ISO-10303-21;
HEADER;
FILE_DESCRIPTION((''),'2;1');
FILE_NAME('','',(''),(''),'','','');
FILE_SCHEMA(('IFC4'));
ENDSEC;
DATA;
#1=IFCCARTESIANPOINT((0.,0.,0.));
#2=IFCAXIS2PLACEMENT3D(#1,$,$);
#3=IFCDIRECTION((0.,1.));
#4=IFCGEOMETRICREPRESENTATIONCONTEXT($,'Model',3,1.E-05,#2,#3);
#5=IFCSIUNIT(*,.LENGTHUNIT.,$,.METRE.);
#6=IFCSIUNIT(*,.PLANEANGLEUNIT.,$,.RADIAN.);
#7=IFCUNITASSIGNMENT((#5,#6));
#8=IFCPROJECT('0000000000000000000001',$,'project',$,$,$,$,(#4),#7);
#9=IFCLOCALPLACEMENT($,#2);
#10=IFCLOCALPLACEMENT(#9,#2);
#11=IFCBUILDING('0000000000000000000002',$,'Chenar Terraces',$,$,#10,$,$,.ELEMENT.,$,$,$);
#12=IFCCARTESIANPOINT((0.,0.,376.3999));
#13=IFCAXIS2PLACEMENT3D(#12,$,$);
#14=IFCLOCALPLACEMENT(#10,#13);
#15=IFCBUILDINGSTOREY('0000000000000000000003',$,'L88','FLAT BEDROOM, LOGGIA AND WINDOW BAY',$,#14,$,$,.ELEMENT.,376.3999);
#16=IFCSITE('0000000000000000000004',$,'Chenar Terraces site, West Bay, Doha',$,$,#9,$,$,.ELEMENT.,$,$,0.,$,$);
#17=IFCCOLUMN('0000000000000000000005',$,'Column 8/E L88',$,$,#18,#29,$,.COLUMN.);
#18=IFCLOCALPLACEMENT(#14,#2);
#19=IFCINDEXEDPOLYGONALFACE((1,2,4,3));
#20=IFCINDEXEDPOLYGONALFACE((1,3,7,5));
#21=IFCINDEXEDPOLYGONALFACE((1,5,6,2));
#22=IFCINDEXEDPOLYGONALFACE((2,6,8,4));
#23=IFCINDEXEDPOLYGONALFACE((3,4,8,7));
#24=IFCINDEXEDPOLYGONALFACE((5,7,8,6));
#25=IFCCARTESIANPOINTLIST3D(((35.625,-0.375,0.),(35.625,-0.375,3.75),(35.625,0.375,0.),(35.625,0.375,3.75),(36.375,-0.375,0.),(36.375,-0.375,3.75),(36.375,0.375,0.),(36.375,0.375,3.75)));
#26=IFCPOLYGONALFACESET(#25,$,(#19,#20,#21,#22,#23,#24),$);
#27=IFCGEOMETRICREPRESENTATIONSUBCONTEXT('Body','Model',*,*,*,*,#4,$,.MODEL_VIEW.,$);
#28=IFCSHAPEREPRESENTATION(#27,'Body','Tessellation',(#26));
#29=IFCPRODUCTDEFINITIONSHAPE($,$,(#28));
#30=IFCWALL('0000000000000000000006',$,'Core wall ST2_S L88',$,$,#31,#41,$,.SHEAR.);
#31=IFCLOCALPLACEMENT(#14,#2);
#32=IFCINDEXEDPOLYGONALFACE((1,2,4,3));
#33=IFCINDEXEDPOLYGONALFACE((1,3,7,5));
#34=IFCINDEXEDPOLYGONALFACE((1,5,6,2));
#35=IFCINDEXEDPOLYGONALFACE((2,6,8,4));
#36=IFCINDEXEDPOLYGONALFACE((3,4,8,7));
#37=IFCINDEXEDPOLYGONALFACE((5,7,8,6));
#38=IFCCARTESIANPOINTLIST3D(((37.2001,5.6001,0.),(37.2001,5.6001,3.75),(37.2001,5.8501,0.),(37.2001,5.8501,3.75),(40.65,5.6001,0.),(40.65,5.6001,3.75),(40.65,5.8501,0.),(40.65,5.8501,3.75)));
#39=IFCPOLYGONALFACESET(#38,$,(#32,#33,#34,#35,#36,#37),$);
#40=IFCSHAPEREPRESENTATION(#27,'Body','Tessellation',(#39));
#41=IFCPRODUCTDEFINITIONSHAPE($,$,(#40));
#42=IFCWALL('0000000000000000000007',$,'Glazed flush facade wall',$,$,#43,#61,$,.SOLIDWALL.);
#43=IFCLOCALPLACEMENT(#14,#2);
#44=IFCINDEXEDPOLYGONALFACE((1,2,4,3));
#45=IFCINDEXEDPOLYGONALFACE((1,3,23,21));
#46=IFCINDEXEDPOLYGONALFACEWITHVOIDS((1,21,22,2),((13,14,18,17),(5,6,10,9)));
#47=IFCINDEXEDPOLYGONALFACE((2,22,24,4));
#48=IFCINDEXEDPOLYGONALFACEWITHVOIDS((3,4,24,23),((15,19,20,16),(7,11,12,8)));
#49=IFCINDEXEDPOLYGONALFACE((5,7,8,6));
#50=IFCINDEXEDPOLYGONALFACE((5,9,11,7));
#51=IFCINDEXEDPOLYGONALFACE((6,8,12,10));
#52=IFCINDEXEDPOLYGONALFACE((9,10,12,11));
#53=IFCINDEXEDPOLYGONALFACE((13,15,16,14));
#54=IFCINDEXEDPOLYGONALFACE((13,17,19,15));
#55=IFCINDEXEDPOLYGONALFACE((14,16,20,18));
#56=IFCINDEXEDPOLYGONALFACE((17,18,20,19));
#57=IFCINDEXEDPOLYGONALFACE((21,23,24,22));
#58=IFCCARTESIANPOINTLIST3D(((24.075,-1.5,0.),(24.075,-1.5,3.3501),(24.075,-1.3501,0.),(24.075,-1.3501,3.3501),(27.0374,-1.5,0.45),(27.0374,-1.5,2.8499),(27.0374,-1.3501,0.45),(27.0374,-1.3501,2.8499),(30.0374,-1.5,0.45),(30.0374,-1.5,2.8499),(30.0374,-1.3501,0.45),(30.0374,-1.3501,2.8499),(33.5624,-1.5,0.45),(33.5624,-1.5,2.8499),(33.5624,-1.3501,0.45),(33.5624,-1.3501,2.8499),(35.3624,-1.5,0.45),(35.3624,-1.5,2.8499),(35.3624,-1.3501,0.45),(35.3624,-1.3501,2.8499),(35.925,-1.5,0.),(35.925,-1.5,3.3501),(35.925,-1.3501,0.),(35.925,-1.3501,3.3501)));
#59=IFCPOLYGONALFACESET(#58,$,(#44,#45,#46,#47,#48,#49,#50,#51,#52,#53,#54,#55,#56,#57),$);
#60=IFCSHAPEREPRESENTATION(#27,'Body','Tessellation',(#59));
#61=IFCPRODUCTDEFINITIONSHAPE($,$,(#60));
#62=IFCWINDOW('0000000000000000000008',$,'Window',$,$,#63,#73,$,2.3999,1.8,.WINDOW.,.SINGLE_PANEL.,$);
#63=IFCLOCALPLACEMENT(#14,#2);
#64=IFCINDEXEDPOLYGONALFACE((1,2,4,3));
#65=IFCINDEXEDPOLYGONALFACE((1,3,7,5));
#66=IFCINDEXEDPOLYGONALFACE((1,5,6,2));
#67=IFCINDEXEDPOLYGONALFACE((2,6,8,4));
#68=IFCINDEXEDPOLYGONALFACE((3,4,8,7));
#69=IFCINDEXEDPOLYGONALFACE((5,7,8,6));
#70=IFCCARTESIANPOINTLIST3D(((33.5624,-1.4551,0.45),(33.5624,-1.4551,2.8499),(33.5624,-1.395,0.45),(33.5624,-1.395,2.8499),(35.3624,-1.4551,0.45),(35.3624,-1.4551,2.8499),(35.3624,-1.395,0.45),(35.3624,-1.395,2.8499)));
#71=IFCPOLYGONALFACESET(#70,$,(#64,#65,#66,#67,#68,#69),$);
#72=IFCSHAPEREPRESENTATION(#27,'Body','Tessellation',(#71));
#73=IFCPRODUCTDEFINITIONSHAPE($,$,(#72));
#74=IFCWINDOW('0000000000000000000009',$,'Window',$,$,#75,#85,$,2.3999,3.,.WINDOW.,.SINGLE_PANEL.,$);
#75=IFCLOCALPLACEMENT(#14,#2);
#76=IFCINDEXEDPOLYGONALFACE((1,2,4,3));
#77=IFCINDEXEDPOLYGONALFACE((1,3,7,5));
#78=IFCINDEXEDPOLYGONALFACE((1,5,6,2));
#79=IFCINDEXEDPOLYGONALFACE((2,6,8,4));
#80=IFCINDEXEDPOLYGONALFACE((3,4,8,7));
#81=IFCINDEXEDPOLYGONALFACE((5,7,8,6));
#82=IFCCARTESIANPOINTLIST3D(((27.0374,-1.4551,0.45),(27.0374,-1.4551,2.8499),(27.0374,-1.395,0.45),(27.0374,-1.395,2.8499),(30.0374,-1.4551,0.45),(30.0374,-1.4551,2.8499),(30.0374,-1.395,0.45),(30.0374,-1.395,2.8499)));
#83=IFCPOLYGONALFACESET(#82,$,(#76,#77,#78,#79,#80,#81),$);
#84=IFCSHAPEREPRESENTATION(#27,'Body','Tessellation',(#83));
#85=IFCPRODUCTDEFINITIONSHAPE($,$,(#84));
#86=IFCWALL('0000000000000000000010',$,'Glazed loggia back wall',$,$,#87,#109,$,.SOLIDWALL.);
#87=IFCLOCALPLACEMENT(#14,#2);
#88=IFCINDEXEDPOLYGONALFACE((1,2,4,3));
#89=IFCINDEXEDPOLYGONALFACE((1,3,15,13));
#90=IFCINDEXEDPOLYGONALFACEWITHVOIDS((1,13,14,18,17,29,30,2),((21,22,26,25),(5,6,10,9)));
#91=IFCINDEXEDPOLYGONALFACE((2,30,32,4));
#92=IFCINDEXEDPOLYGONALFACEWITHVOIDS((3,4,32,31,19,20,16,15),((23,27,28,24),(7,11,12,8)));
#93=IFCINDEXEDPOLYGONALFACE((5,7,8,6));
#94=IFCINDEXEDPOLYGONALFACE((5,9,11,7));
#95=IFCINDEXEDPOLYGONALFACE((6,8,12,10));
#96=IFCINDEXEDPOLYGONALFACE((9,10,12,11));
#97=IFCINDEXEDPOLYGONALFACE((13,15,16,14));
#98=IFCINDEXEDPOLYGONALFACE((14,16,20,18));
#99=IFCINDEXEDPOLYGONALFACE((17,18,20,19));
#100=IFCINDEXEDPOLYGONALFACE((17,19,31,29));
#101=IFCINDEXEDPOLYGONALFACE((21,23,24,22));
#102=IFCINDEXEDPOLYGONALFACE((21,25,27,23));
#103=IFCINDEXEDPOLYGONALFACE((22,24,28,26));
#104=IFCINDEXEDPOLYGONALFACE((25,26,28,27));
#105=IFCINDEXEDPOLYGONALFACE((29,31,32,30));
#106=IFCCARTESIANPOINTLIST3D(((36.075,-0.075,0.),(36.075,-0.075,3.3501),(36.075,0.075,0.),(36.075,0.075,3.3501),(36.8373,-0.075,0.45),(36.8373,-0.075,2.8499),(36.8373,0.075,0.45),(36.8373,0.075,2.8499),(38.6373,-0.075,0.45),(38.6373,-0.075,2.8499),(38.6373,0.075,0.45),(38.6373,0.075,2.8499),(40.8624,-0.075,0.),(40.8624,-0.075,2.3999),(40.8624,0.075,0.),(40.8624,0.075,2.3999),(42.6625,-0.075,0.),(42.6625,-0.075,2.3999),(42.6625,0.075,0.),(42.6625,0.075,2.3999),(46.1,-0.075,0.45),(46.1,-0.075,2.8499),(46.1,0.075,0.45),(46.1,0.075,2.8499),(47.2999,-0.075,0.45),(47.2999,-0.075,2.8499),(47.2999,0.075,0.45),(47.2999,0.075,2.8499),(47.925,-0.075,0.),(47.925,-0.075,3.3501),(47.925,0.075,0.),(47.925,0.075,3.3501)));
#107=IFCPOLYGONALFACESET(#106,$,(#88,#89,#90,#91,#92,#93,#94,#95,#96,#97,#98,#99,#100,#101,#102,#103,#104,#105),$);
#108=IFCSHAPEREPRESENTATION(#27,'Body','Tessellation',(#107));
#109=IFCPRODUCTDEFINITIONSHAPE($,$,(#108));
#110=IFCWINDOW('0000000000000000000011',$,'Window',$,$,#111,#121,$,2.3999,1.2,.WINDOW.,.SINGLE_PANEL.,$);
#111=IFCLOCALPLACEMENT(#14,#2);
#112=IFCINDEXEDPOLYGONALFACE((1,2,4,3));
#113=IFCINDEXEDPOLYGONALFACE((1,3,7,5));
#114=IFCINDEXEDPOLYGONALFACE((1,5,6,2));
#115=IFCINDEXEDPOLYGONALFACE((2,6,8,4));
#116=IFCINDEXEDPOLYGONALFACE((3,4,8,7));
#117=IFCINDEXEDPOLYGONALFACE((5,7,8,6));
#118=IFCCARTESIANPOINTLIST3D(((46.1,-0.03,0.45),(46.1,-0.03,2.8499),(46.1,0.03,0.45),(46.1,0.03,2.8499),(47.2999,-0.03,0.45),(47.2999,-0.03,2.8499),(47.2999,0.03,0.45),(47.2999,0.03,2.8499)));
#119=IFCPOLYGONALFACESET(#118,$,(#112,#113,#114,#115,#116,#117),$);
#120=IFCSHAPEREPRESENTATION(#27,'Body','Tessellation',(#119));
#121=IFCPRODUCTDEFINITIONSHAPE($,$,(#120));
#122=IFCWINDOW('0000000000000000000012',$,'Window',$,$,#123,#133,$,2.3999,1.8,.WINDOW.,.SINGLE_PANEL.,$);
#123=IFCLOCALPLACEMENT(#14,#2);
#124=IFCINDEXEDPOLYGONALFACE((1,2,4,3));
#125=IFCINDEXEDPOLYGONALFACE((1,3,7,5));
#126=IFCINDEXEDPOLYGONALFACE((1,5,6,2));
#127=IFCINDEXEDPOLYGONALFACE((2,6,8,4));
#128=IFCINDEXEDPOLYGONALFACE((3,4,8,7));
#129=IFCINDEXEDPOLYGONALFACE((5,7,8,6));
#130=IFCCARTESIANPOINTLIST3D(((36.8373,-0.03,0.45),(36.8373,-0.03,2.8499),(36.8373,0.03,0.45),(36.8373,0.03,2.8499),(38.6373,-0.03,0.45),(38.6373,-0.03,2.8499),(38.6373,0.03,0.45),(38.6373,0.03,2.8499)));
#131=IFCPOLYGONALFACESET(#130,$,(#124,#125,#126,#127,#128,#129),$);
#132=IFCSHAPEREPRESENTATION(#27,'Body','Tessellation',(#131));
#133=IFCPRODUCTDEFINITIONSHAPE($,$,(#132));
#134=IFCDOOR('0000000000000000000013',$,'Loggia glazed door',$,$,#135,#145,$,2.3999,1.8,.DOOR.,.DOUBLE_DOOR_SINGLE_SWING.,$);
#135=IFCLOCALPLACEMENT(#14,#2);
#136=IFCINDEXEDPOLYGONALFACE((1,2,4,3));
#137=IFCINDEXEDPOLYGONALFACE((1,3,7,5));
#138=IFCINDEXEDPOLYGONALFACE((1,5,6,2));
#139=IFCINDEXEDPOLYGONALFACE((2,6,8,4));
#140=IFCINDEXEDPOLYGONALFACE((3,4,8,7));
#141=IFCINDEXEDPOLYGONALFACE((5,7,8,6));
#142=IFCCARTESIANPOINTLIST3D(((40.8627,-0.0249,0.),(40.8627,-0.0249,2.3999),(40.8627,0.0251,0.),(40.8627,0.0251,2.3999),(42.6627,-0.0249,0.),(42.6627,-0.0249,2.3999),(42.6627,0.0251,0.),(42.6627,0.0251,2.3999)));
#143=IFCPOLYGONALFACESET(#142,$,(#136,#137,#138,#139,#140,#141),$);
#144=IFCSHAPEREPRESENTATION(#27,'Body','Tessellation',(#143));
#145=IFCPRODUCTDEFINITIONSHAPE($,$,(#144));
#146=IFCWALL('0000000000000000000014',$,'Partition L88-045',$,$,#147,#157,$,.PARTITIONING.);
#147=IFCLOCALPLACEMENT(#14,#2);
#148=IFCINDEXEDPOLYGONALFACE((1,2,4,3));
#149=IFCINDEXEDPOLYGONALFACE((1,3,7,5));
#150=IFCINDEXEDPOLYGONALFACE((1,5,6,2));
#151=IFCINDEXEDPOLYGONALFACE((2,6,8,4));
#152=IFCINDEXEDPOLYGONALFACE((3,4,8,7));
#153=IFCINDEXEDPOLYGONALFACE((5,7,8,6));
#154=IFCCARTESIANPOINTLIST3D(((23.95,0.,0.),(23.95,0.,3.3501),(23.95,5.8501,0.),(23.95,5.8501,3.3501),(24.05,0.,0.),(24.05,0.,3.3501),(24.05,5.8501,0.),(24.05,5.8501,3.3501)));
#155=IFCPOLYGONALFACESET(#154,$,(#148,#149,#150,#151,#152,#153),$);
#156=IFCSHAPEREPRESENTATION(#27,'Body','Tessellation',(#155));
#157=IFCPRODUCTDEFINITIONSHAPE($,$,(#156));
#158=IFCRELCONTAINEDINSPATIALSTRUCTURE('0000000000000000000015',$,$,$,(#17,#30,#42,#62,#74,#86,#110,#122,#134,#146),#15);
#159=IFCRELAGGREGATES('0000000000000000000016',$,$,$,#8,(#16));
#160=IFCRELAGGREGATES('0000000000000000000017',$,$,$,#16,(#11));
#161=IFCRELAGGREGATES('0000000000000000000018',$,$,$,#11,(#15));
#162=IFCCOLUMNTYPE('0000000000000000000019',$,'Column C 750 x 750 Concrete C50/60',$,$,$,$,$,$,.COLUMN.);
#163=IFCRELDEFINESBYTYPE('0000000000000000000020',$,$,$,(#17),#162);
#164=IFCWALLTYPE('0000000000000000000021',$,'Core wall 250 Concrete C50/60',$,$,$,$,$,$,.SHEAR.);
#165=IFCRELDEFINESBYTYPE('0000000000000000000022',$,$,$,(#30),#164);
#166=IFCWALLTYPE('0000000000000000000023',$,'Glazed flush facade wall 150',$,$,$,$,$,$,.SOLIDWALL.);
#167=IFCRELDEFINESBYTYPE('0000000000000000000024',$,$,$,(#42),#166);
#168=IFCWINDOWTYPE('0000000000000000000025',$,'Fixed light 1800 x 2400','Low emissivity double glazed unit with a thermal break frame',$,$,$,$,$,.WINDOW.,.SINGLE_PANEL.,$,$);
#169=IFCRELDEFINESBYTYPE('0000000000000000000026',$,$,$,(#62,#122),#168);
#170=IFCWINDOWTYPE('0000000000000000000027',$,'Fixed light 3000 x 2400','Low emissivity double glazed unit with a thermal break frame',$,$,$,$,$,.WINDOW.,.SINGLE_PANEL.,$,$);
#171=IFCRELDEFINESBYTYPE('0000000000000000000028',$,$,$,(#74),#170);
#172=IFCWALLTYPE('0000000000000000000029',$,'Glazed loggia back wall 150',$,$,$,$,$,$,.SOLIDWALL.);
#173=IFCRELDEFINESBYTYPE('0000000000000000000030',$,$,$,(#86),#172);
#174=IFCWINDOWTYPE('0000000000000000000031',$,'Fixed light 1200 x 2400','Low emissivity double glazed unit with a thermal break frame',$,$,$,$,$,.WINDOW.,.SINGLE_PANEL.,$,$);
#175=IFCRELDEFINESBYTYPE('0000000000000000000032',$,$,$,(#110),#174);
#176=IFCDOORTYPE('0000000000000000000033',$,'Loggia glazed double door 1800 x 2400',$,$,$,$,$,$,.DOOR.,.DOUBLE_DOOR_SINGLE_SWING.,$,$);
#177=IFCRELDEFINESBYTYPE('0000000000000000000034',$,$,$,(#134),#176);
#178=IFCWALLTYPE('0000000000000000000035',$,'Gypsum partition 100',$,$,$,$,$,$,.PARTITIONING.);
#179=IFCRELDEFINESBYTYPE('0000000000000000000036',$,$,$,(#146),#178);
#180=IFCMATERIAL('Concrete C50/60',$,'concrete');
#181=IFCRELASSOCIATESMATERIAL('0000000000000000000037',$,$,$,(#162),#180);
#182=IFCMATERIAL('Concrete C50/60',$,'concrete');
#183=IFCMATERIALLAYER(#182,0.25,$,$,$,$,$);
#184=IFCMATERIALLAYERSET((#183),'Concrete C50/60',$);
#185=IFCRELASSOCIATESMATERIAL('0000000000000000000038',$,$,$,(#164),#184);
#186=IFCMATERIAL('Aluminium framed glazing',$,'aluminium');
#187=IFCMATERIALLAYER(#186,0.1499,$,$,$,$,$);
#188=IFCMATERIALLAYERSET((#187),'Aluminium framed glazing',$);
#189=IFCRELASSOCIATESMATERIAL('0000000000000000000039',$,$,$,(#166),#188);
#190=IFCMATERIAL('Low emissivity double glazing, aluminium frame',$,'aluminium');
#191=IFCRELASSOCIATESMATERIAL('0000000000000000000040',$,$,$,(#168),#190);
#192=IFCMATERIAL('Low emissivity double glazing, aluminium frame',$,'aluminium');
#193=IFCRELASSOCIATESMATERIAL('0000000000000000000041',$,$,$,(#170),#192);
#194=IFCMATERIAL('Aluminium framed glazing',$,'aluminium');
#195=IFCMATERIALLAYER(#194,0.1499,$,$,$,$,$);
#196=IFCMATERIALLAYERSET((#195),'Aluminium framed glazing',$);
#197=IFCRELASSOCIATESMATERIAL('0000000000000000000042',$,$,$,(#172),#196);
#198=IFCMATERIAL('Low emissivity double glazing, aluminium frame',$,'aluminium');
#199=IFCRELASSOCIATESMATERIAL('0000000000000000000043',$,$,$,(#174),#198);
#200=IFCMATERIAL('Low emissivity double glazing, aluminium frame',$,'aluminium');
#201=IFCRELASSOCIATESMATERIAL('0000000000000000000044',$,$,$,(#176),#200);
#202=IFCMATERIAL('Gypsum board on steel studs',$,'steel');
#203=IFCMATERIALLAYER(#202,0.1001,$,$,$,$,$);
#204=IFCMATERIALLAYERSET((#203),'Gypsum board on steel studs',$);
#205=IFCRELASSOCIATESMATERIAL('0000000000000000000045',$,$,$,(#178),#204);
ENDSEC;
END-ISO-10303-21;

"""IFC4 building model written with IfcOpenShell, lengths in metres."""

from ifc_helpers import new_model, si_unit, direction, frame, frame_2d, origin, origin_2d, place, context, subcontext, project, spatial, rectangle, extrude, material, layer, layer_set, material_profile, profile_set, type_object, element, fill, save


model = new_model("IFC4")

# Units and contexts
model_context = context("Model", 3, precision=1e-05, world=origin(), true_north=direction((0.0, 1.0)))
body_context = subcontext(model_context, "Body", "Model", "MODEL_VIEW")
ifc_project = project(units=[si_unit("LENGTHUNIT", "METRE"), si_unit("PLANEANGLEUNIT", "RADIAN")], contexts=[model_context])

# Site, building, storey
site_placement = place(None, origin())
site = spatial("IfcSite", under=ifc_project, at=site_placement, Name="Chenar Terraces site, West Bay, Doha", CompositionType="ELEMENT", RefElevation=0.0)
building_placement = place(site_placement, origin())
building = spatial("IfcBuilding", under=site, at=building_placement, Name="Chenar Terraces", CompositionType="ELEMENT")
storey_placement = place(building_placement, frame((0.0, 0.0, 376.3999)))
storey = spatial("IfcBuildingStorey", under=building, at=storey_placement, Name="L88", Description="FLAT BEDROOM, LOGGIA AND WINDOW BAY", CompositionType="ELEMENT", Elevation=376.3999)

# Column
ifc_material_1 = material(Name="Concrete C50/60", Category="concrete")
ifc_material_profile_1 = material_profile(ifc_material_1, rectangle(XDim=0.75, YDim=0.75, at=origin_2d()), Name="C 750 x 750")
ifc_profile_set_1 = profile_set([ifc_material_profile_1], Name="Concrete C50/60")
column_type = type_object("IfcColumnType", Name="Column C 750 x 750 Concrete C50/60", PredefinedType="COLUMN", material=ifc_profile_set_1)
column_placement = place(storey_placement, frame((36.0, 0.0, 0.0), z_axis=(0.0, 0.0, 1.0), x_axis=(1.0, 0.0, 0.0)))
element("IfcColumn", 1, at=column_placement, inside=storey, type_object=column_type, Name="Column 8/E L88", PredefinedType="COLUMN", context=body_context, shape_type="SweptSolid", body=[
    extrude(rectangle(XDim=0.75, YDim=0.75, at=origin_2d()), origin(), (0.0, 0.0, 1.0), 3.75),
])

# Wall
ifc_material_2 = material(Name="Concrete C50/60", Category="concrete")
ifc_layer_1 = layer(ifc_material_2, 0.25)
ifc_layer_set_1 = layer_set([ifc_layer_1], Name="Concrete C50/60")
wall_type_1 = type_object("IfcWallType", Name="Core wall 250 Concrete C50/60", PredefinedType="SHEAR", material=ifc_layer_set_1)
wall_1_placement = place(storey_placement, frame((37.2, 5.7251, 0.0), z_axis=(0.0, 0.0, 1.0), x_axis=(1.0, 0.0, 0.0)))
element("IfcWall", 2, at=wall_1_placement, inside=storey, type_object=wall_type_1, Name="Core wall ST2_S L88", PredefinedType="SHEAR", context=body_context, shape_type="SweptSolid", body=[
    extrude(rectangle(XDim=3.45, YDim=0.25, at=frame_2d((1.7251, 0.0))), origin(), (0.0, 0.0, 1.0), 3.75),
])

# Wall, openings, windows
ifc_material_3 = material(Name="Aluminium framed glazing", Category="aluminium")
ifc_layer_2 = layer(ifc_material_3, 0.1499)
ifc_layer_set_2 = layer_set([ifc_layer_2], Name="Aluminium framed glazing")
wall_type_2 = type_object("IfcWallType", Name="Glazed flush facade wall 150", PredefinedType="SOLIDWALL", material=ifc_layer_set_2)
wall_2_placement = place(storey_placement, frame((24.075, -1.425, 0.0), z_axis=(0.0, 0.0, 1.0), x_axis=(1.0, 0.0, 0.0)))
wall_2 = element("IfcWall", 3, at=wall_2_placement, inside=storey, type_object=wall_type_2, Name="Glazed flush facade wall", PredefinedType="SOLIDWALL", context=body_context, shape_type="SweptSolid", body=[
    extrude(rectangle(XDim=11.8501, YDim=0.1499, at=frame_2d((5.925, 0.0))), origin(), (0.0, 0.0, 1.0), 3.3501),
])
opening_1_placement = place(wall_2_placement, frame((2.9624, 0.0, 0.45)))
opening_1 = element("IfcOpeningElement", 4, at=opening_1_placement, cuts=wall_2, PredefinedType="OPENING", context=body_context, shape_type="SweptSolid", body=[
    extrude(rectangle(XDim=3.0, YDim=2.3999, at=frame_2d((1.5, 1.2))), frame((0.0, 0.085, 0.0), z_axis=(0.0, -1.0, 0.0), x_axis=(1.0, 0.0, 0.0)), (0.0, 0.0, 1.0), 0.1699),
])
opening_2_placement = place(wall_2_placement, frame((9.4875, 0.0, 0.45)))
opening_2 = element("IfcOpeningElement", 5, at=opening_2_placement, cuts=wall_2, PredefinedType="OPENING", context=body_context, shape_type="SweptSolid", body=[
    extrude(rectangle(XDim=1.8, YDim=2.3999, at=frame_2d((0.8999, 1.2))), frame((0.0, 0.085, 0.0), z_axis=(0.0, -1.0, 0.0), x_axis=(1.0, 0.0, 0.0)), (0.0, 0.0, 1.0), 0.1699),
])
ifc_material_4 = material(Name="Low emissivity double glazing, aluminium frame", Category="aluminium")
window_type_1 = type_object("IfcWindowType", Name="Fixed light 1800 x 2400", Description="Low emissivity double glazed unit with a thermal break frame", PartitioningType="SINGLE_PANEL", PredefinedType="WINDOW", material=ifc_material_4)
window_1_placement = place(opening_2_placement, origin())
window_1 = element("IfcWindow", 6, at=window_1_placement, inside=storey, type_object=window_type_1, Name="Window", OverallHeight=2.3999, OverallWidth=1.8, PartitioningType="SINGLE_PANEL", PredefinedType="WINDOW", context=body_context, shape_type="SweptSolid", body=[
    extrude(rectangle(XDim=1.8, YDim=2.3999, at=frame_2d((0.8999, 1.2))), frame((0.0, 0.03, 0.0), z_axis=(0.0, -1.0, 0.0), x_axis=(1.0, 0.0, 0.0)), (0.0, 0.0, 1.0), 0.0601),
])
fill(opening_2, window_1)
ifc_material_5 = material(Name="Low emissivity double glazing, aluminium frame", Category="aluminium")
window_type_2 = type_object("IfcWindowType", Name="Fixed light 3000 x 2400", Description="Low emissivity double glazed unit with a thermal break frame", PartitioningType="SINGLE_PANEL", PredefinedType="WINDOW", material=ifc_material_5)
window_2_placement = place(opening_1_placement, origin())
window_2 = element("IfcWindow", 7, at=window_2_placement, inside=storey, type_object=window_type_2, Name="Window", OverallHeight=2.3999, OverallWidth=3.0, PartitioningType="SINGLE_PANEL", PredefinedType="WINDOW", context=body_context, shape_type="SweptSolid", body=[
    extrude(rectangle(XDim=3.0, YDim=2.3999, at=frame_2d((1.5, 1.2))), frame((0.0, 0.03, 0.0), z_axis=(0.0, -1.0, 0.0), x_axis=(1.0, 0.0, 0.0)), (0.0, 0.0, 1.0), 0.0601),
])
fill(opening_1, window_2)

# Wall, openings, windows, door
ifc_material_6 = material(Name="Aluminium framed glazing", Category="aluminium")
ifc_layer_3 = layer(ifc_material_6, 0.1499)
ifc_layer_set_3 = layer_set([ifc_layer_3], Name="Aluminium framed glazing")
wall_type_3 = type_object("IfcWallType", Name="Glazed loggia back wall 150", PredefinedType="SOLIDWALL", material=ifc_layer_set_3)
wall_3_placement = place(storey_placement, frame((36.075, 0.0, 0.0), z_axis=(0.0, 0.0, 1.0), x_axis=(1.0, 0.0, 0.0)))
wall_3 = element("IfcWall", 8, at=wall_3_placement, inside=storey, type_object=wall_type_3, Name="Glazed loggia back wall", PredefinedType="SOLIDWALL", context=body_context, shape_type="SweptSolid", body=[
    extrude(rectangle(XDim=11.8501, YDim=0.1499, at=frame_2d((5.925, 0.0))), origin(), (0.0, 0.0, 1.0), 3.3501),
])
opening_3_placement = place(wall_3_placement, frame((0.7625, 0.0, 0.45)))
opening_3 = element("IfcOpeningElement", 9, at=opening_3_placement, cuts=wall_3, PredefinedType="OPENING", context=body_context, shape_type="SweptSolid", body=[
    extrude(rectangle(XDim=1.8, YDim=2.3999, at=frame_2d((0.8999, 1.2))), frame((0.0, 0.085, 0.0), z_axis=(0.0, -1.0, 0.0), x_axis=(1.0, 0.0, 0.0)), (0.0, 0.0, 1.0), 0.1699),
])
opening_4_placement = place(wall_3_placement, frame((4.7876, 0.0, 0.0)))
opening_4 = element("IfcOpeningElement", 10, at=opening_4_placement, cuts=wall_3, PredefinedType="OPENING", context=body_context, shape_type="SweptSolid", body=[
    extrude(rectangle(XDim=1.8, YDim=2.3999, at=frame_2d((0.8999, 1.2))), frame((0.0, 0.085, 0.0), z_axis=(0.0, -1.0, 0.0), x_axis=(1.0, 0.0, 0.0)), (0.0, 0.0, 1.0), 0.1699),
])
opening_5_placement = place(wall_3_placement, frame((10.0249, 0.0, 0.45)))
opening_5 = element("IfcOpeningElement", 11, at=opening_5_placement, cuts=wall_3, PredefinedType="OPENING", context=body_context, shape_type="SweptSolid", body=[
    extrude(rectangle(XDim=1.2, YDim=2.3999, at=frame_2d((0.6001, 1.2))), frame((0.0, 0.085, 0.0), z_axis=(0.0, -1.0, 0.0), x_axis=(1.0, 0.0, 0.0)), (0.0, 0.0, 1.0), 0.1699),
])
ifc_material_7 = material(Name="Low emissivity double glazing, aluminium frame", Category="aluminium")
window_type_3 = type_object("IfcWindowType", Name="Fixed light 1200 x 2400", Description="Low emissivity double glazed unit with a thermal break frame", PartitioningType="SINGLE_PANEL", PredefinedType="WINDOW", material=ifc_material_7)
window_3_placement = place(opening_5_placement, origin())
window_3 = element("IfcWindow", 12, at=window_3_placement, inside=storey, type_object=window_type_3, Name="Window", OverallHeight=2.3999, OverallWidth=1.2, PartitioningType="SINGLE_PANEL", PredefinedType="WINDOW", context=body_context, shape_type="SweptSolid", body=[
    extrude(rectangle(XDim=1.2, YDim=2.3999, at=frame_2d((0.6001, 1.2))), frame((0.0, 0.03, 0.0), z_axis=(0.0, -1.0, 0.0), x_axis=(1.0, 0.0, 0.0)), (0.0, 0.0, 1.0), 0.0601),
])
fill(opening_5, window_3)
window_4_placement = place(opening_3_placement, origin())
window_4 = element("IfcWindow", 13, at=window_4_placement, inside=storey, type_object=window_type_1, Name="Window", OverallHeight=2.3999, OverallWidth=1.8, PartitioningType="SINGLE_PANEL", PredefinedType="WINDOW", context=body_context, shape_type="SweptSolid", body=[
    extrude(rectangle(XDim=1.8, YDim=2.3999, at=frame_2d((0.8999, 1.2))), frame((0.0, 0.03, 0.0), z_axis=(0.0, -1.0, 0.0), x_axis=(1.0, 0.0, 0.0)), (0.0, 0.0, 1.0), 0.0601),
])
fill(opening_3, window_4)
ifc_material_8 = material(Name="Low emissivity double glazing, aluminium frame", Category="aluminium")
door_type_1 = type_object("IfcDoorType", Name="Loggia glazed double door 1800 x 2400", OperationType="DOUBLE_DOOR_SINGLE_SWING", PredefinedType="DOOR", material=ifc_material_8)
door_1_placement = place(opening_4_placement, frame((1.8, 0.0, 0.0), z_axis=(0.0, 0.0, 1.0), x_axis=(-1.0, 0.0, 0.0)))
door_1 = element("IfcDoor", 14, at=door_1_placement, inside=storey, type_object=door_type_1, Name="Loggia glazed door", OperationType="DOUBLE_DOOR_SINGLE_SWING", OverallHeight=2.3999, OverallWidth=1.8, PredefinedType="DOOR", context=body_context, shape_type="SweptSolid", body=[
    extrude(rectangle(XDim=1.8, YDim=2.3999, at=frame_2d((0.8999, 1.2))), frame((0.0, 0.0249, 0.0), z_axis=(0.0, -1.0, 0.0), x_axis=(1.0, 0.0, 0.0)), (0.0, 0.0, 1.0), 0.05),
])
fill(opening_4, door_1)

# Wall
ifc_material_9 = material(Name="Gypsum board on steel studs", Category="steel")
ifc_layer_4 = layer(ifc_material_9, 0.1001)
ifc_layer_set_4 = layer_set([ifc_layer_4], Name="Gypsum board on steel studs")
wall_type_4 = type_object("IfcWallType", Name="Gypsum partition 100", PredefinedType="PARTITIONING", material=ifc_layer_set_4)
wall_4_placement = place(storey_placement, frame((24.0, 0.0, 0.0), z_axis=(0.0, 0.0, 1.0), x_axis=(0.0, 1.0, 0.0)))
element("IfcWall", 15, at=wall_4_placement, inside=storey, type_object=wall_type_4, Name="Partition L88-045", PredefinedType="PARTITIONING", context=body_context, shape_type="SweptSolid", body=[
    extrude(rectangle(XDim=5.8501, YDim=0.1001, at=frame_2d((2.925, 0.0))), origin(), (0.0, 0.0, 1.0), 3.3501),
])

save(model, "model.ifc")
